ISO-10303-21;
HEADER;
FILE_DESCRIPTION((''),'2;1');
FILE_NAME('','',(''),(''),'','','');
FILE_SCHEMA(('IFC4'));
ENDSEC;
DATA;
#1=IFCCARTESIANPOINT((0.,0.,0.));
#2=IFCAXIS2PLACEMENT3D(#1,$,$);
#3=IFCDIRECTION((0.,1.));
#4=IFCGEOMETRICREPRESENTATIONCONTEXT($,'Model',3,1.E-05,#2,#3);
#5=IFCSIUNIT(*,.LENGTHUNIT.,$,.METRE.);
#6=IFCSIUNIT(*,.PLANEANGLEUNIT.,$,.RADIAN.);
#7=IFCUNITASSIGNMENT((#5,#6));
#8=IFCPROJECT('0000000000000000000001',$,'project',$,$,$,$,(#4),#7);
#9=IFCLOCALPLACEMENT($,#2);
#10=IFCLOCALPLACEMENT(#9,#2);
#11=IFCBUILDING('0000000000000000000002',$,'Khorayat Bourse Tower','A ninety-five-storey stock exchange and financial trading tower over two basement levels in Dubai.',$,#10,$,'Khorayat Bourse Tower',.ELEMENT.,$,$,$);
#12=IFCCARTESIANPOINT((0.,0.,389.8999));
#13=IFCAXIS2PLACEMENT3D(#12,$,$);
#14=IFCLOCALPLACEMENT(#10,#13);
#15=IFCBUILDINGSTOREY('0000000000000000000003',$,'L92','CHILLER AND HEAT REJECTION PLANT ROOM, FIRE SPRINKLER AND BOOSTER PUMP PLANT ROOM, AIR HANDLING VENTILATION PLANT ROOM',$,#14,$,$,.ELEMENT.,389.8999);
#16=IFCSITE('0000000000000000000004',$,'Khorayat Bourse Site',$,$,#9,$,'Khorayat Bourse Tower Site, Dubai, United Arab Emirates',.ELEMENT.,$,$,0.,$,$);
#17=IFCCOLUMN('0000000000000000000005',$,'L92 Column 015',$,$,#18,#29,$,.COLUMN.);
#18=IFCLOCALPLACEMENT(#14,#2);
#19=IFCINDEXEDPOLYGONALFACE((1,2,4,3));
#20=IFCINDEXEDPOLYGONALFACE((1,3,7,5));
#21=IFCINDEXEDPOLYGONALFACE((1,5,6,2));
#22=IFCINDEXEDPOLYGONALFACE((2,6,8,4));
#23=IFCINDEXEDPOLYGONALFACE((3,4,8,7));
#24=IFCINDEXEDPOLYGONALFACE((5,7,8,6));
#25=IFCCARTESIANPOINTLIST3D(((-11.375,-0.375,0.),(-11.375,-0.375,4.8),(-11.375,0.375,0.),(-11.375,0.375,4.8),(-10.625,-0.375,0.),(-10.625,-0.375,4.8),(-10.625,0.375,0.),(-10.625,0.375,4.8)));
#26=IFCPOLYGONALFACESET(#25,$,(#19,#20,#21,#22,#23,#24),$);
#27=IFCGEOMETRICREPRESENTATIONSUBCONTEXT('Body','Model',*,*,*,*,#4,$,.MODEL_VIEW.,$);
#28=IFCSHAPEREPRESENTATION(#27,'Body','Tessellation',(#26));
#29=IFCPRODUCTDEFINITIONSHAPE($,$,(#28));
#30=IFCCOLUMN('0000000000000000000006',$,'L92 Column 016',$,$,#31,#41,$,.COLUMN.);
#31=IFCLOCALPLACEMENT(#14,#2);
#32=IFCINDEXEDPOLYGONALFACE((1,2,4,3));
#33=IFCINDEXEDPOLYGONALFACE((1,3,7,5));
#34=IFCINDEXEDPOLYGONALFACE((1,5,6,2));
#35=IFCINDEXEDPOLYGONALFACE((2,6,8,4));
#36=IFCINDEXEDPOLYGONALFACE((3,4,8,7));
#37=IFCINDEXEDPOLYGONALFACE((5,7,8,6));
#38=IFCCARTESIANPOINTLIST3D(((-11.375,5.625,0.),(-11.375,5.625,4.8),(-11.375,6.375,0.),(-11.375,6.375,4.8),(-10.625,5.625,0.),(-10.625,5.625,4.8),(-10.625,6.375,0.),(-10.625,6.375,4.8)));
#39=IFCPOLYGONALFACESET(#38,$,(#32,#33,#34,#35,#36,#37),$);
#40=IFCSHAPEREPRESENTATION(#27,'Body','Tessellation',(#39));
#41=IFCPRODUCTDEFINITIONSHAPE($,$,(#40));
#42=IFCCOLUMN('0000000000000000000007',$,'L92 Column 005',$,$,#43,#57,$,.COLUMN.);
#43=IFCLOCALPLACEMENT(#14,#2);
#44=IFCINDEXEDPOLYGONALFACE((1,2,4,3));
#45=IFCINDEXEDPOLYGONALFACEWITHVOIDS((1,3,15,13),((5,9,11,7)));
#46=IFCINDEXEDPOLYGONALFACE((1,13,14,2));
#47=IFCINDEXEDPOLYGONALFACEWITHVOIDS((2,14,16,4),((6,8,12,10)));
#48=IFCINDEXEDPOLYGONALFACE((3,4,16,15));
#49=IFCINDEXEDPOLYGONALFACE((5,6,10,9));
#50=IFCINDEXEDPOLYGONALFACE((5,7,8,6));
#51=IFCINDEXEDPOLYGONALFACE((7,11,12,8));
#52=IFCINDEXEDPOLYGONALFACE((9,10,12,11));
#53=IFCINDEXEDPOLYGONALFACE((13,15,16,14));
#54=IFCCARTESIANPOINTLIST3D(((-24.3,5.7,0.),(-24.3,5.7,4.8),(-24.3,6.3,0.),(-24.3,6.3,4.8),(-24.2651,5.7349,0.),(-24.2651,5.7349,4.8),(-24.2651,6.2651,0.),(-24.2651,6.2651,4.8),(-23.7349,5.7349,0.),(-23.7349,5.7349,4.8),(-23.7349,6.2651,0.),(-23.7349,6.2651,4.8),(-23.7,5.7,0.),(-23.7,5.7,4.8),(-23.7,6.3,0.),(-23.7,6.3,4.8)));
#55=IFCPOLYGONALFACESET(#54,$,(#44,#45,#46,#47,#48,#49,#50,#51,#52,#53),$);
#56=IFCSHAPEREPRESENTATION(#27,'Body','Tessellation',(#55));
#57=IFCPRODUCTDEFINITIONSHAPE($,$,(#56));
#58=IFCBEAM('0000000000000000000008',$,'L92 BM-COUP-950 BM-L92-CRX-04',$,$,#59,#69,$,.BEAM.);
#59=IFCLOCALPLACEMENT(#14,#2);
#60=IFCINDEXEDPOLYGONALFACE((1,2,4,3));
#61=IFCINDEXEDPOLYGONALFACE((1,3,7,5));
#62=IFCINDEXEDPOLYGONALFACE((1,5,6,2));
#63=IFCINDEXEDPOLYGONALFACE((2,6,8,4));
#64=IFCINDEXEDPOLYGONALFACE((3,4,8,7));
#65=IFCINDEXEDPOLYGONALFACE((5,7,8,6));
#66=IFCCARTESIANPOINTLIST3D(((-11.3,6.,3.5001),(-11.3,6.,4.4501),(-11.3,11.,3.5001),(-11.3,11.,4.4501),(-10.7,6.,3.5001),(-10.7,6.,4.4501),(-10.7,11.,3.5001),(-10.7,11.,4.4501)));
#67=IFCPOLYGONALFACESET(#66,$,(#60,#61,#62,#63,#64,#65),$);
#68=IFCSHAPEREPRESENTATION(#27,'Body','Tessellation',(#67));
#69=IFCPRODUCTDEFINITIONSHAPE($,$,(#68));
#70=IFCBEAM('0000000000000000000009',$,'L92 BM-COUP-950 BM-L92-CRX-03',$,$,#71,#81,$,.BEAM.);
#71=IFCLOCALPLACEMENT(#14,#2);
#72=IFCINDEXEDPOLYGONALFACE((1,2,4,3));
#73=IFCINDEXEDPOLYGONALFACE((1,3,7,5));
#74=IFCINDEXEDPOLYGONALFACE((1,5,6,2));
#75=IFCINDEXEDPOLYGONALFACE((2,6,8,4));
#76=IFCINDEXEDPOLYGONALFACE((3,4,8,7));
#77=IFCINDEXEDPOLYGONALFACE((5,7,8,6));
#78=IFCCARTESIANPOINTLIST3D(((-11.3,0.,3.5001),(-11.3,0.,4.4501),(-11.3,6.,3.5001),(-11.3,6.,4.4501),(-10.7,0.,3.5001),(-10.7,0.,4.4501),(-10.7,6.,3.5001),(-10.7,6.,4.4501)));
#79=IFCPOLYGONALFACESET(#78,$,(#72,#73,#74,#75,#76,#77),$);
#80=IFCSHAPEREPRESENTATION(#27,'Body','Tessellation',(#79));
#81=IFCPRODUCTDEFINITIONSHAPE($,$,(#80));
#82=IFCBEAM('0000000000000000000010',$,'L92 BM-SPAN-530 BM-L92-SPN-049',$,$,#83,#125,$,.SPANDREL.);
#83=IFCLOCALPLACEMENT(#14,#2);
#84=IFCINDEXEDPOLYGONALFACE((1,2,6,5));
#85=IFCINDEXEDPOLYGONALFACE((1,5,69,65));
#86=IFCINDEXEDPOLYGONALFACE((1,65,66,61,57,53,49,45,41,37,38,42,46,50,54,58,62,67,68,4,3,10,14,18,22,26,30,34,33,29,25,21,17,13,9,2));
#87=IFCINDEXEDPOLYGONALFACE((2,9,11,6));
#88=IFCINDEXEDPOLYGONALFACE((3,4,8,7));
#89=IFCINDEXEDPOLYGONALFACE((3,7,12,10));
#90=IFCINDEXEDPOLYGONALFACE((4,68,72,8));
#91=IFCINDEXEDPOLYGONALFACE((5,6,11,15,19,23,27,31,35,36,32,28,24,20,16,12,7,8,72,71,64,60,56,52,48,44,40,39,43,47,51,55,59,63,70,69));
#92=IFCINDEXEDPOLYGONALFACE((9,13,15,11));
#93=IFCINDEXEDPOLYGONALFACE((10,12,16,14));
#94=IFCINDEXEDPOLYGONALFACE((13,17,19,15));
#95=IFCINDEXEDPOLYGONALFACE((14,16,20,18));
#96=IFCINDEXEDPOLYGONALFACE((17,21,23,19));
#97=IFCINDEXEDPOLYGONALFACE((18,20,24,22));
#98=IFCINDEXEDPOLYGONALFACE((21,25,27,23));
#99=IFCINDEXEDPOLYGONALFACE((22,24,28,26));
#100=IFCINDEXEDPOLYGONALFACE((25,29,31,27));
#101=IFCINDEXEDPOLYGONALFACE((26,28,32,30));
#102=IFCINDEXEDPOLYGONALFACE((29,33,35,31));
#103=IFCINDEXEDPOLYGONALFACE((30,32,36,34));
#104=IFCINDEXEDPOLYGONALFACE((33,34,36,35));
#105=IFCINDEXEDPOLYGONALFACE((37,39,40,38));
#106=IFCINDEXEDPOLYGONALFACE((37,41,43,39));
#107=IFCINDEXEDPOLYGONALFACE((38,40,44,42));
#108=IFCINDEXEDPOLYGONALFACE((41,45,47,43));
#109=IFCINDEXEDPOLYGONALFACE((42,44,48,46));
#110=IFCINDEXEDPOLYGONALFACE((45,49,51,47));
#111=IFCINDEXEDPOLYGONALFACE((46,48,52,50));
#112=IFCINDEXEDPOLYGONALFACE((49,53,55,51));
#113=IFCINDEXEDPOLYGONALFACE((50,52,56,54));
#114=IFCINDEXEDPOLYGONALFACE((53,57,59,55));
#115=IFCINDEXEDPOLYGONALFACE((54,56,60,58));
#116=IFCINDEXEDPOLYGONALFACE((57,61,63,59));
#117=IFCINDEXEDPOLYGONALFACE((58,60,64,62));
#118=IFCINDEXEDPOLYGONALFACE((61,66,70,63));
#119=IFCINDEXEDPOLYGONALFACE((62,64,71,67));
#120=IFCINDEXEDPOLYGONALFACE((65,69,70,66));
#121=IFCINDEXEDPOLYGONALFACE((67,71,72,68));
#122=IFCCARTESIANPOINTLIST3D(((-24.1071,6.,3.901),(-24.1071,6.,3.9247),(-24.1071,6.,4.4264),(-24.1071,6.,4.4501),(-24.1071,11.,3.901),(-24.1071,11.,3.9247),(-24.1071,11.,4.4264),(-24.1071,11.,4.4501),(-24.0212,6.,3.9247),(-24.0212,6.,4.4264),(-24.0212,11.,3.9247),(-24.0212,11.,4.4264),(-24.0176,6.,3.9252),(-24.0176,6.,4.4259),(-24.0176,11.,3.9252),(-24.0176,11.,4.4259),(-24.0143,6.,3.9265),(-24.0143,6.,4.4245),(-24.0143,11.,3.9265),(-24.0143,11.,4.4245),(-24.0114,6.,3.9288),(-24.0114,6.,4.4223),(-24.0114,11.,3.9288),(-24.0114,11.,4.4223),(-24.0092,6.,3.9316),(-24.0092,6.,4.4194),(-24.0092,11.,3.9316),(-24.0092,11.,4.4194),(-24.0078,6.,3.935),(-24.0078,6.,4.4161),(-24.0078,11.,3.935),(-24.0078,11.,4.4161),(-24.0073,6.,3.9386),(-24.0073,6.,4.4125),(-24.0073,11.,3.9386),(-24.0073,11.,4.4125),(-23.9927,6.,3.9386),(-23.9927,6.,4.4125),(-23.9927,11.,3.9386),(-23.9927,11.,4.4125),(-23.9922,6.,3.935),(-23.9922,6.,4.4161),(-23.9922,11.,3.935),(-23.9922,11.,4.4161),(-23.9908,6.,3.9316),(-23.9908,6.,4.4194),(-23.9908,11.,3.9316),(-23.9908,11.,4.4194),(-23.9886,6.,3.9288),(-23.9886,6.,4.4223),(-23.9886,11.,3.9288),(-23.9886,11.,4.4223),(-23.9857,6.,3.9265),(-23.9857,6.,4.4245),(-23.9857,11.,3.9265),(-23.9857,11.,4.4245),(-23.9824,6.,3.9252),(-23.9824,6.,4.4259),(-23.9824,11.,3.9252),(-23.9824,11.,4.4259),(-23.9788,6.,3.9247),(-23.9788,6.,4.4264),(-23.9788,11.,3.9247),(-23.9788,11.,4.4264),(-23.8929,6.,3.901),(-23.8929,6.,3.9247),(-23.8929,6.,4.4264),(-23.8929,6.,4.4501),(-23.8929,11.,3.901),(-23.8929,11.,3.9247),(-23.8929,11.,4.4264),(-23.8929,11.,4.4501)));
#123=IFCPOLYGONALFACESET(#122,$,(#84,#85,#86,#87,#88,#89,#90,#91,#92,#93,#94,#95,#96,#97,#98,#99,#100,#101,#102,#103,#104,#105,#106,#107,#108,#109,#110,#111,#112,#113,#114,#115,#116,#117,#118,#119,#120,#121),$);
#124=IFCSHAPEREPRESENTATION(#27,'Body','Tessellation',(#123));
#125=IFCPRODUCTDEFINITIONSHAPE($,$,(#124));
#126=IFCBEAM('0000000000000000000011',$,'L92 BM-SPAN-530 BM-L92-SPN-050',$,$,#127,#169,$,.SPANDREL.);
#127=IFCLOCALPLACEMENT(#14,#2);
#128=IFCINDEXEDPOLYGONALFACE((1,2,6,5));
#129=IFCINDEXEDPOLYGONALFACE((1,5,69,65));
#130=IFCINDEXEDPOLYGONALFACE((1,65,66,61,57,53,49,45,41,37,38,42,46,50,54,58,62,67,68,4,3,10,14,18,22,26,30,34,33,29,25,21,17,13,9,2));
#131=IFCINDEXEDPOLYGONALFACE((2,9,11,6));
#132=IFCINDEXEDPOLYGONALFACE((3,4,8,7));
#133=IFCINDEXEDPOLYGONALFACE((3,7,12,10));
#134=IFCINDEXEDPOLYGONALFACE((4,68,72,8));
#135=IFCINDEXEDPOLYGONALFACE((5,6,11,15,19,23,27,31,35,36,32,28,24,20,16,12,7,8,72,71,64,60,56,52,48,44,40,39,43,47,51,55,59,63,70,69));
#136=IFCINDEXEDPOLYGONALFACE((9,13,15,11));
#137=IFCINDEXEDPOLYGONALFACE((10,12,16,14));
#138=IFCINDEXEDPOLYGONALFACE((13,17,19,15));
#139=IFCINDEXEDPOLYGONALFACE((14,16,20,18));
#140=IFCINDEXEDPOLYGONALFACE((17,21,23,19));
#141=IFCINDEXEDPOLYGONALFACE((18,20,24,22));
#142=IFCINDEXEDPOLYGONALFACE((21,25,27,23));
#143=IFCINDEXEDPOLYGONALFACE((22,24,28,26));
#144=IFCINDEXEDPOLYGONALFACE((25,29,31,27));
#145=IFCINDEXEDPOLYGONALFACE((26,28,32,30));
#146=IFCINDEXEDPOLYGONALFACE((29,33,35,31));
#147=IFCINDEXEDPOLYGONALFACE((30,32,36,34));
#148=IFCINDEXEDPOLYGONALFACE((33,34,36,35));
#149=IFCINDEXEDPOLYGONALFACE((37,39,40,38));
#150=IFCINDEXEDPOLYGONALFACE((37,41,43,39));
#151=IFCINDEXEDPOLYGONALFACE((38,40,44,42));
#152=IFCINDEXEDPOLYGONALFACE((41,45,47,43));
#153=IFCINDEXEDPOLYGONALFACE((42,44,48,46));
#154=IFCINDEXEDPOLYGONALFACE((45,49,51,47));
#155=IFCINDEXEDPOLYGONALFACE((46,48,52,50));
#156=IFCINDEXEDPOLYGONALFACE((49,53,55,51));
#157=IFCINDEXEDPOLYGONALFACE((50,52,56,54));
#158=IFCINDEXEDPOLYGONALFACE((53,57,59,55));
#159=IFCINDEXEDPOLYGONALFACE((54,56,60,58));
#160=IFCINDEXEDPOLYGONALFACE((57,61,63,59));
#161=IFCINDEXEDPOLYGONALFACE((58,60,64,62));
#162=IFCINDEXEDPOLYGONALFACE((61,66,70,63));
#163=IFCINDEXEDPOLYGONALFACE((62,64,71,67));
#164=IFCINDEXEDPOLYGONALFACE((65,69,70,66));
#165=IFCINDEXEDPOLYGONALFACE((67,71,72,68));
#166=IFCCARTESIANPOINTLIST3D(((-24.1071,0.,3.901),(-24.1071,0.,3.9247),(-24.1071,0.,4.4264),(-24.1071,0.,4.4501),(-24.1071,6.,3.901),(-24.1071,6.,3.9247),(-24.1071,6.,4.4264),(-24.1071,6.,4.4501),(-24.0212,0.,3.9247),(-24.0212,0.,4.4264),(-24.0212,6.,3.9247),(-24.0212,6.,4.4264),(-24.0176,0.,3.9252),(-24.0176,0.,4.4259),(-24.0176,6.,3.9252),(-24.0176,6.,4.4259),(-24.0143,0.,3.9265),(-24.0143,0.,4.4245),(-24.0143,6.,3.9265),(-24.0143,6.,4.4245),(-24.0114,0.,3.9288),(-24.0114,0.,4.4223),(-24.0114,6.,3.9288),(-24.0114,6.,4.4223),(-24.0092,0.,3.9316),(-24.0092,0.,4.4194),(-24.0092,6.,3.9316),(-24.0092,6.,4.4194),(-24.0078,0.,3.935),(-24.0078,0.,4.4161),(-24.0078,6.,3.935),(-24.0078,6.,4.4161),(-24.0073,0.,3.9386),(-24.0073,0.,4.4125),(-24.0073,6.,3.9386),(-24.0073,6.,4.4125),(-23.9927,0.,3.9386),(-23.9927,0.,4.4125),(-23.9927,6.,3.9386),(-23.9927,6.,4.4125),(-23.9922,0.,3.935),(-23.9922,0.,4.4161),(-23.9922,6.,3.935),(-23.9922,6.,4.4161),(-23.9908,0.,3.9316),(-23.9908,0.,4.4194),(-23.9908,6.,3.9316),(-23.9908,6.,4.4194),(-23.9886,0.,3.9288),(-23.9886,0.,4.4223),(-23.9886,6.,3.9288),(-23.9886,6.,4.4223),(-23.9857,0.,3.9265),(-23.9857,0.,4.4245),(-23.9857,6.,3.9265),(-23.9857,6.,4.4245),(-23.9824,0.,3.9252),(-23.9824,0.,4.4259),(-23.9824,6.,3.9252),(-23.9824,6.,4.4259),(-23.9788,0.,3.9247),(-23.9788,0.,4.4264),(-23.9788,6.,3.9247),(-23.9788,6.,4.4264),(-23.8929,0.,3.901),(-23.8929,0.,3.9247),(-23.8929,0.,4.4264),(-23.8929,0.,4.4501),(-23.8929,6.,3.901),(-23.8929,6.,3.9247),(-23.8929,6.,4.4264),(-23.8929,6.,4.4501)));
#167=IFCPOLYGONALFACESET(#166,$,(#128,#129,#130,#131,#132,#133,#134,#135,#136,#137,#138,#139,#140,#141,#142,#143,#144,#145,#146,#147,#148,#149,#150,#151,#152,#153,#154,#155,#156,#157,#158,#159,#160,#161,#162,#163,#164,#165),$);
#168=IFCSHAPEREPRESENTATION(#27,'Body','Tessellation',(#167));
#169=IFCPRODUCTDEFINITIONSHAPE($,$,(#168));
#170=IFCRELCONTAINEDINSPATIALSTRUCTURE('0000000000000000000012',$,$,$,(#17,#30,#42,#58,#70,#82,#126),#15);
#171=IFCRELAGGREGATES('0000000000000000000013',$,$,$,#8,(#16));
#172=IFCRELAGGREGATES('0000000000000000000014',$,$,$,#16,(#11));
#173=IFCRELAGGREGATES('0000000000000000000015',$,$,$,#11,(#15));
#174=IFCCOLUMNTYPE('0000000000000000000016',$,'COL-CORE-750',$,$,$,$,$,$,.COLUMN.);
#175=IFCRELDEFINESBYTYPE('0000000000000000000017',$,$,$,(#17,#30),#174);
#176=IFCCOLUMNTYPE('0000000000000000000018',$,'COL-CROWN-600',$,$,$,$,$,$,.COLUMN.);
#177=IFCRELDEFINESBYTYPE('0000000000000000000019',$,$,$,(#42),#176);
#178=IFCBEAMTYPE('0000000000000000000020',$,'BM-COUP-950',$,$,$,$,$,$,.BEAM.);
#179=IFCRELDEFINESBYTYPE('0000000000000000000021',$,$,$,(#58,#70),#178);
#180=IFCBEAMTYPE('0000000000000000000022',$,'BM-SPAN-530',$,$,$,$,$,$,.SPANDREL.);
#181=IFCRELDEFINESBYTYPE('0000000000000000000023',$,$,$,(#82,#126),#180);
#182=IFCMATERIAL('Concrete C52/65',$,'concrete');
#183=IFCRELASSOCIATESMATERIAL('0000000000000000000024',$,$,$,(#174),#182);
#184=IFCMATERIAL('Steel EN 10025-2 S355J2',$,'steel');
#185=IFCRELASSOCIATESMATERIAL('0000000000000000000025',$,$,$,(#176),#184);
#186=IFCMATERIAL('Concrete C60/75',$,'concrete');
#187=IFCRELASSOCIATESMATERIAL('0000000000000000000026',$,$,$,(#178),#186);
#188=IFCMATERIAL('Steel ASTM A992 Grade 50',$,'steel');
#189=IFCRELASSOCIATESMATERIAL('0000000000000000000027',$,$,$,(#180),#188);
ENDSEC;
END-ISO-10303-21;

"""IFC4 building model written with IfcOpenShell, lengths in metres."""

from ifc_helpers import new_model, si_unit, direction, frame, origin, origin_2d, place, context, subcontext, project, spatial, rectangle, hollow_rectangle, i_section, extrude, source, transform, mapped, material, material_profile, profile_set, type_object, element, save


model = new_model("IFC4")

# Units and contexts
model_context = context("Model", 3, precision=1e-05, world=origin(), true_north=direction((0.0, 1.0)))
body_context = subcontext(model_context, "Body", "Model", "MODEL_VIEW")
ifc_project = project(units=[si_unit("LENGTHUNIT", "METRE"), si_unit("PLANEANGLEUNIT", "RADIAN")], contexts=[model_context])

# Site, building, storey
site_placement = place(None, origin())
site = spatial("IfcSite", under=ifc_project, at=site_placement, Name="Khorayat Bourse Site", LongName="Khorayat Bourse Tower Site, Dubai, United Arab Emirates", CompositionType="ELEMENT", RefElevation=0.0)
building_placement = place(site_placement, origin())
building = spatial("IfcBuilding", under=site, at=building_placement, Name="Khorayat Bourse Tower", Description="A ninety-five-storey stock exchange and financial trading tower over two basement levels in Dubai.", LongName="Khorayat Bourse Tower", CompositionType="ELEMENT")
storey_placement = place(building_placement, frame((0.0, 0.0, 389.8999)))
storey = spatial("IfcBuildingStorey", under=building, at=storey_placement, Name="L92", Description="CHILLER AND HEAT REJECTION PLANT ROOM, FIRE SPRINKLER AND BOOSTER PUMP PLANT ROOM, AIR HANDLING VENTILATION PLANT ROOM", CompositionType="ELEMENT", Elevation=389.8999)

# Columns
ifc_material_1 = material(Name="Concrete C52/65", Category="concrete")
ifc_material_profile_1 = material_profile(ifc_material_1, rectangle(XDim=0.75, YDim=0.75, at=origin_2d()), Name="RC 750x750")
ifc_profile_set_1 = profile_set([ifc_material_profile_1], Name="Concrete C52/65")
column_type_1 = type_object("IfcColumnType", Name="COL-CORE-750", PredefinedType="COLUMN", material=ifc_profile_set_1)
shared_shape_1 = source(origin(), body_context, "Body", "SweptSolid", [
    extrude(rectangle(XDim=0.75, YDim=0.75, at=origin_2d()), origin(), (0.0, 0.0, 1.0), 4.8),
])
for number, where, z_axis, x_axis, name in (
    (1, (-11.0, 0.0, 0.0), (0.0, 0.0, 1.0), (1.0, 0.0, 0.0), "L92 Column 015"),
    (2, (-11.0, 6.0, 0.0), (0.0, 0.0, 1.0), (1.0, 0.0, 0.0), "L92 Column 016"),
):
    element("IfcColumn", number, at=place(storey_placement, frame(where, z_axis=z_axis, x_axis=x_axis)), inside=storey, type_object=column_type_1, Name=name, PredefinedType="COLUMN", context=body_context, shape_type="MappedRepresentation", body=[
        mapped(shared_shape_1, transform((0.0, 0.0, 0.0), scale=1.0)),
    ])
ifc_material_2 = material(Name="Steel EN 10025-2 S355J2", Category="steel")
ifc_material_profile_2 = material_profile(ifc_material_2, hollow_rectangle(XDim=0.6001, YDim=0.6001, WallThickness=0.0349, at=origin_2d()), Name="BOX 600x600x35")
ifc_profile_set_2 = profile_set([ifc_material_profile_2], Name="Steel EN 10025-2 S355J2")
column_type_2 = type_object("IfcColumnType", Name="COL-CROWN-600", PredefinedType="COLUMN", material=ifc_profile_set_2)
shared_shape_2 = source(origin(), body_context, "Body", "SweptSolid", [
    extrude(hollow_rectangle(XDim=0.6001, YDim=0.6001, WallThickness=0.0349, at=origin_2d()), origin(), (0.0, 0.0, 1.0), 4.8),
])
column_placement = place(storey_placement, frame((-24.0, 6.0, 0.0), z_axis=(0.0, 0.0, 1.0), x_axis=(1.0, 0.0, 0.0)))
element("IfcColumn", 3, at=column_placement, inside=storey, type_object=column_type_2, Name="L92 Column 005", PredefinedType="COLUMN", context=body_context, shape_type="MappedRepresentation", body=[
    mapped(shared_shape_2, transform((0.0, 0.0, 0.0), scale=1.0)),
])

# Beams
ifc_material_3 = material(Name="Concrete C60/75", Category="concrete")
ifc_material_profile_3 = material_profile(ifc_material_3, rectangle(XDim=0.6001, YDim=0.95, at=origin_2d()), Name="RC 600x950")
ifc_profile_set_3 = profile_set([ifc_material_profile_3], Name="Concrete C60/75")
beam_type_1 = type_object("IfcBeamType", Name="BM-COUP-950", PredefinedType="BEAM", material=ifc_profile_set_3)
shared_shape_3 = source(origin(), body_context, "Body", "SweptSolid", [
    extrude(rectangle(XDim=0.6001, YDim=0.95, at=origin_2d()), origin(), (0.0, 0.0, 1.0), 5.0),
])
beam_1_placement = place(storey_placement, frame((-11.0, 6.0, 3.9751), z_axis=(0.0, 1.0, 0.0), x_axis=(-1.0, 0.0, 0.0)))
element("IfcBeam", 4, at=beam_1_placement, inside=storey, type_object=beam_type_1, Name="L92 BM-COUP-950 BM-L92-CRX-04", PredefinedType="BEAM", context=body_context, shape_type="MappedRepresentation", body=[
    mapped(shared_shape_3, transform((0.0, 0.0, 0.0), scale=1.0)),
])
shared_shape_4 = source(origin(), body_context, "Body", "SweptSolid", [
    extrude(rectangle(XDim=0.6001, YDim=0.95, at=origin_2d()), origin(), (0.0, 0.0, 1.0), 6.0),
])
beam_2_placement = place(storey_placement, frame((-11.0, 0.0, 3.9751), z_axis=(0.0, 1.0, 0.0), x_axis=(-1.0, 0.0, 0.0)))
element("IfcBeam", 5, at=beam_2_placement, inside=storey, type_object=beam_type_1, Name="L92 BM-COUP-950 BM-L92-CRX-03", PredefinedType="BEAM", context=body_context, shape_type="MappedRepresentation", body=[
    mapped(shared_shape_4, transform((0.0, 0.0, 0.0), scale=1.0)),
])
ifc_material_4 = material(Name="Steel ASTM A992 Grade 50", Category="steel")
ifc_material_profile_4 = material_profile(ifc_material_4, i_section(OverallWidth=0.2141, OverallDepth=0.5491, WebThickness=0.0146, FlangeThickness=0.0237, FilletRadius=0.0139, at=origin_2d()), Name="W530X138")
ifc_profile_set_4 = profile_set([ifc_material_profile_4], Name="Steel ASTM A992 Grade 50")
beam_type_2 = type_object("IfcBeamType", Name="BM-SPAN-530", PredefinedType="SPANDREL", material=ifc_profile_set_4)
shared_shape_5 = source(origin(), body_context, "Body", "SweptSolid", [
    extrude(i_section(OverallWidth=0.2141, OverallDepth=0.5491, WebThickness=0.0146, FlangeThickness=0.0237, FilletRadius=0.0139, at=origin_2d()), origin(), (0.0, 0.0, 1.0), 5.0),
])
beam_3_placement = place(storey_placement, frame((-24.0, 6.0, 4.1755), z_axis=(0.0, 1.0, 0.0), x_axis=(-1.0, 0.0, 0.0)))
element("IfcBeam", 6, at=beam_3_placement, inside=storey, type_object=beam_type_2, Name="L92 BM-SPAN-530 BM-L92-SPN-049", PredefinedType="SPANDREL", context=body_context, shape_type="MappedRepresentation", body=[
    mapped(shared_shape_5, transform((0.0, 0.0, 0.0), scale=1.0)),
])
shared_shape_6 = source(origin(), body_context, "Body", "SweptSolid", [
    extrude(i_section(OverallWidth=0.2141, OverallDepth=0.5491, WebThickness=0.0146, FlangeThickness=0.0237, FilletRadius=0.0139, at=origin_2d()), origin(), (0.0, 0.0, 1.0), 6.0),
])
beam_4_placement = place(storey_placement, frame((-24.0, 0.0, 4.1755), z_axis=(0.0, 1.0, 0.0), x_axis=(-1.0, 0.0, 0.0)))
element("IfcBeam", 7, at=beam_4_placement, inside=storey, type_object=beam_type_2, Name="L92 BM-SPAN-530 BM-L92-SPN-050", PredefinedType="SPANDREL", context=body_context, shape_type="MappedRepresentation", body=[
    mapped(shared_shape_6, transform((0.0, 0.0, 0.0), scale=1.0)),
])

save(model, "model.ifc")
